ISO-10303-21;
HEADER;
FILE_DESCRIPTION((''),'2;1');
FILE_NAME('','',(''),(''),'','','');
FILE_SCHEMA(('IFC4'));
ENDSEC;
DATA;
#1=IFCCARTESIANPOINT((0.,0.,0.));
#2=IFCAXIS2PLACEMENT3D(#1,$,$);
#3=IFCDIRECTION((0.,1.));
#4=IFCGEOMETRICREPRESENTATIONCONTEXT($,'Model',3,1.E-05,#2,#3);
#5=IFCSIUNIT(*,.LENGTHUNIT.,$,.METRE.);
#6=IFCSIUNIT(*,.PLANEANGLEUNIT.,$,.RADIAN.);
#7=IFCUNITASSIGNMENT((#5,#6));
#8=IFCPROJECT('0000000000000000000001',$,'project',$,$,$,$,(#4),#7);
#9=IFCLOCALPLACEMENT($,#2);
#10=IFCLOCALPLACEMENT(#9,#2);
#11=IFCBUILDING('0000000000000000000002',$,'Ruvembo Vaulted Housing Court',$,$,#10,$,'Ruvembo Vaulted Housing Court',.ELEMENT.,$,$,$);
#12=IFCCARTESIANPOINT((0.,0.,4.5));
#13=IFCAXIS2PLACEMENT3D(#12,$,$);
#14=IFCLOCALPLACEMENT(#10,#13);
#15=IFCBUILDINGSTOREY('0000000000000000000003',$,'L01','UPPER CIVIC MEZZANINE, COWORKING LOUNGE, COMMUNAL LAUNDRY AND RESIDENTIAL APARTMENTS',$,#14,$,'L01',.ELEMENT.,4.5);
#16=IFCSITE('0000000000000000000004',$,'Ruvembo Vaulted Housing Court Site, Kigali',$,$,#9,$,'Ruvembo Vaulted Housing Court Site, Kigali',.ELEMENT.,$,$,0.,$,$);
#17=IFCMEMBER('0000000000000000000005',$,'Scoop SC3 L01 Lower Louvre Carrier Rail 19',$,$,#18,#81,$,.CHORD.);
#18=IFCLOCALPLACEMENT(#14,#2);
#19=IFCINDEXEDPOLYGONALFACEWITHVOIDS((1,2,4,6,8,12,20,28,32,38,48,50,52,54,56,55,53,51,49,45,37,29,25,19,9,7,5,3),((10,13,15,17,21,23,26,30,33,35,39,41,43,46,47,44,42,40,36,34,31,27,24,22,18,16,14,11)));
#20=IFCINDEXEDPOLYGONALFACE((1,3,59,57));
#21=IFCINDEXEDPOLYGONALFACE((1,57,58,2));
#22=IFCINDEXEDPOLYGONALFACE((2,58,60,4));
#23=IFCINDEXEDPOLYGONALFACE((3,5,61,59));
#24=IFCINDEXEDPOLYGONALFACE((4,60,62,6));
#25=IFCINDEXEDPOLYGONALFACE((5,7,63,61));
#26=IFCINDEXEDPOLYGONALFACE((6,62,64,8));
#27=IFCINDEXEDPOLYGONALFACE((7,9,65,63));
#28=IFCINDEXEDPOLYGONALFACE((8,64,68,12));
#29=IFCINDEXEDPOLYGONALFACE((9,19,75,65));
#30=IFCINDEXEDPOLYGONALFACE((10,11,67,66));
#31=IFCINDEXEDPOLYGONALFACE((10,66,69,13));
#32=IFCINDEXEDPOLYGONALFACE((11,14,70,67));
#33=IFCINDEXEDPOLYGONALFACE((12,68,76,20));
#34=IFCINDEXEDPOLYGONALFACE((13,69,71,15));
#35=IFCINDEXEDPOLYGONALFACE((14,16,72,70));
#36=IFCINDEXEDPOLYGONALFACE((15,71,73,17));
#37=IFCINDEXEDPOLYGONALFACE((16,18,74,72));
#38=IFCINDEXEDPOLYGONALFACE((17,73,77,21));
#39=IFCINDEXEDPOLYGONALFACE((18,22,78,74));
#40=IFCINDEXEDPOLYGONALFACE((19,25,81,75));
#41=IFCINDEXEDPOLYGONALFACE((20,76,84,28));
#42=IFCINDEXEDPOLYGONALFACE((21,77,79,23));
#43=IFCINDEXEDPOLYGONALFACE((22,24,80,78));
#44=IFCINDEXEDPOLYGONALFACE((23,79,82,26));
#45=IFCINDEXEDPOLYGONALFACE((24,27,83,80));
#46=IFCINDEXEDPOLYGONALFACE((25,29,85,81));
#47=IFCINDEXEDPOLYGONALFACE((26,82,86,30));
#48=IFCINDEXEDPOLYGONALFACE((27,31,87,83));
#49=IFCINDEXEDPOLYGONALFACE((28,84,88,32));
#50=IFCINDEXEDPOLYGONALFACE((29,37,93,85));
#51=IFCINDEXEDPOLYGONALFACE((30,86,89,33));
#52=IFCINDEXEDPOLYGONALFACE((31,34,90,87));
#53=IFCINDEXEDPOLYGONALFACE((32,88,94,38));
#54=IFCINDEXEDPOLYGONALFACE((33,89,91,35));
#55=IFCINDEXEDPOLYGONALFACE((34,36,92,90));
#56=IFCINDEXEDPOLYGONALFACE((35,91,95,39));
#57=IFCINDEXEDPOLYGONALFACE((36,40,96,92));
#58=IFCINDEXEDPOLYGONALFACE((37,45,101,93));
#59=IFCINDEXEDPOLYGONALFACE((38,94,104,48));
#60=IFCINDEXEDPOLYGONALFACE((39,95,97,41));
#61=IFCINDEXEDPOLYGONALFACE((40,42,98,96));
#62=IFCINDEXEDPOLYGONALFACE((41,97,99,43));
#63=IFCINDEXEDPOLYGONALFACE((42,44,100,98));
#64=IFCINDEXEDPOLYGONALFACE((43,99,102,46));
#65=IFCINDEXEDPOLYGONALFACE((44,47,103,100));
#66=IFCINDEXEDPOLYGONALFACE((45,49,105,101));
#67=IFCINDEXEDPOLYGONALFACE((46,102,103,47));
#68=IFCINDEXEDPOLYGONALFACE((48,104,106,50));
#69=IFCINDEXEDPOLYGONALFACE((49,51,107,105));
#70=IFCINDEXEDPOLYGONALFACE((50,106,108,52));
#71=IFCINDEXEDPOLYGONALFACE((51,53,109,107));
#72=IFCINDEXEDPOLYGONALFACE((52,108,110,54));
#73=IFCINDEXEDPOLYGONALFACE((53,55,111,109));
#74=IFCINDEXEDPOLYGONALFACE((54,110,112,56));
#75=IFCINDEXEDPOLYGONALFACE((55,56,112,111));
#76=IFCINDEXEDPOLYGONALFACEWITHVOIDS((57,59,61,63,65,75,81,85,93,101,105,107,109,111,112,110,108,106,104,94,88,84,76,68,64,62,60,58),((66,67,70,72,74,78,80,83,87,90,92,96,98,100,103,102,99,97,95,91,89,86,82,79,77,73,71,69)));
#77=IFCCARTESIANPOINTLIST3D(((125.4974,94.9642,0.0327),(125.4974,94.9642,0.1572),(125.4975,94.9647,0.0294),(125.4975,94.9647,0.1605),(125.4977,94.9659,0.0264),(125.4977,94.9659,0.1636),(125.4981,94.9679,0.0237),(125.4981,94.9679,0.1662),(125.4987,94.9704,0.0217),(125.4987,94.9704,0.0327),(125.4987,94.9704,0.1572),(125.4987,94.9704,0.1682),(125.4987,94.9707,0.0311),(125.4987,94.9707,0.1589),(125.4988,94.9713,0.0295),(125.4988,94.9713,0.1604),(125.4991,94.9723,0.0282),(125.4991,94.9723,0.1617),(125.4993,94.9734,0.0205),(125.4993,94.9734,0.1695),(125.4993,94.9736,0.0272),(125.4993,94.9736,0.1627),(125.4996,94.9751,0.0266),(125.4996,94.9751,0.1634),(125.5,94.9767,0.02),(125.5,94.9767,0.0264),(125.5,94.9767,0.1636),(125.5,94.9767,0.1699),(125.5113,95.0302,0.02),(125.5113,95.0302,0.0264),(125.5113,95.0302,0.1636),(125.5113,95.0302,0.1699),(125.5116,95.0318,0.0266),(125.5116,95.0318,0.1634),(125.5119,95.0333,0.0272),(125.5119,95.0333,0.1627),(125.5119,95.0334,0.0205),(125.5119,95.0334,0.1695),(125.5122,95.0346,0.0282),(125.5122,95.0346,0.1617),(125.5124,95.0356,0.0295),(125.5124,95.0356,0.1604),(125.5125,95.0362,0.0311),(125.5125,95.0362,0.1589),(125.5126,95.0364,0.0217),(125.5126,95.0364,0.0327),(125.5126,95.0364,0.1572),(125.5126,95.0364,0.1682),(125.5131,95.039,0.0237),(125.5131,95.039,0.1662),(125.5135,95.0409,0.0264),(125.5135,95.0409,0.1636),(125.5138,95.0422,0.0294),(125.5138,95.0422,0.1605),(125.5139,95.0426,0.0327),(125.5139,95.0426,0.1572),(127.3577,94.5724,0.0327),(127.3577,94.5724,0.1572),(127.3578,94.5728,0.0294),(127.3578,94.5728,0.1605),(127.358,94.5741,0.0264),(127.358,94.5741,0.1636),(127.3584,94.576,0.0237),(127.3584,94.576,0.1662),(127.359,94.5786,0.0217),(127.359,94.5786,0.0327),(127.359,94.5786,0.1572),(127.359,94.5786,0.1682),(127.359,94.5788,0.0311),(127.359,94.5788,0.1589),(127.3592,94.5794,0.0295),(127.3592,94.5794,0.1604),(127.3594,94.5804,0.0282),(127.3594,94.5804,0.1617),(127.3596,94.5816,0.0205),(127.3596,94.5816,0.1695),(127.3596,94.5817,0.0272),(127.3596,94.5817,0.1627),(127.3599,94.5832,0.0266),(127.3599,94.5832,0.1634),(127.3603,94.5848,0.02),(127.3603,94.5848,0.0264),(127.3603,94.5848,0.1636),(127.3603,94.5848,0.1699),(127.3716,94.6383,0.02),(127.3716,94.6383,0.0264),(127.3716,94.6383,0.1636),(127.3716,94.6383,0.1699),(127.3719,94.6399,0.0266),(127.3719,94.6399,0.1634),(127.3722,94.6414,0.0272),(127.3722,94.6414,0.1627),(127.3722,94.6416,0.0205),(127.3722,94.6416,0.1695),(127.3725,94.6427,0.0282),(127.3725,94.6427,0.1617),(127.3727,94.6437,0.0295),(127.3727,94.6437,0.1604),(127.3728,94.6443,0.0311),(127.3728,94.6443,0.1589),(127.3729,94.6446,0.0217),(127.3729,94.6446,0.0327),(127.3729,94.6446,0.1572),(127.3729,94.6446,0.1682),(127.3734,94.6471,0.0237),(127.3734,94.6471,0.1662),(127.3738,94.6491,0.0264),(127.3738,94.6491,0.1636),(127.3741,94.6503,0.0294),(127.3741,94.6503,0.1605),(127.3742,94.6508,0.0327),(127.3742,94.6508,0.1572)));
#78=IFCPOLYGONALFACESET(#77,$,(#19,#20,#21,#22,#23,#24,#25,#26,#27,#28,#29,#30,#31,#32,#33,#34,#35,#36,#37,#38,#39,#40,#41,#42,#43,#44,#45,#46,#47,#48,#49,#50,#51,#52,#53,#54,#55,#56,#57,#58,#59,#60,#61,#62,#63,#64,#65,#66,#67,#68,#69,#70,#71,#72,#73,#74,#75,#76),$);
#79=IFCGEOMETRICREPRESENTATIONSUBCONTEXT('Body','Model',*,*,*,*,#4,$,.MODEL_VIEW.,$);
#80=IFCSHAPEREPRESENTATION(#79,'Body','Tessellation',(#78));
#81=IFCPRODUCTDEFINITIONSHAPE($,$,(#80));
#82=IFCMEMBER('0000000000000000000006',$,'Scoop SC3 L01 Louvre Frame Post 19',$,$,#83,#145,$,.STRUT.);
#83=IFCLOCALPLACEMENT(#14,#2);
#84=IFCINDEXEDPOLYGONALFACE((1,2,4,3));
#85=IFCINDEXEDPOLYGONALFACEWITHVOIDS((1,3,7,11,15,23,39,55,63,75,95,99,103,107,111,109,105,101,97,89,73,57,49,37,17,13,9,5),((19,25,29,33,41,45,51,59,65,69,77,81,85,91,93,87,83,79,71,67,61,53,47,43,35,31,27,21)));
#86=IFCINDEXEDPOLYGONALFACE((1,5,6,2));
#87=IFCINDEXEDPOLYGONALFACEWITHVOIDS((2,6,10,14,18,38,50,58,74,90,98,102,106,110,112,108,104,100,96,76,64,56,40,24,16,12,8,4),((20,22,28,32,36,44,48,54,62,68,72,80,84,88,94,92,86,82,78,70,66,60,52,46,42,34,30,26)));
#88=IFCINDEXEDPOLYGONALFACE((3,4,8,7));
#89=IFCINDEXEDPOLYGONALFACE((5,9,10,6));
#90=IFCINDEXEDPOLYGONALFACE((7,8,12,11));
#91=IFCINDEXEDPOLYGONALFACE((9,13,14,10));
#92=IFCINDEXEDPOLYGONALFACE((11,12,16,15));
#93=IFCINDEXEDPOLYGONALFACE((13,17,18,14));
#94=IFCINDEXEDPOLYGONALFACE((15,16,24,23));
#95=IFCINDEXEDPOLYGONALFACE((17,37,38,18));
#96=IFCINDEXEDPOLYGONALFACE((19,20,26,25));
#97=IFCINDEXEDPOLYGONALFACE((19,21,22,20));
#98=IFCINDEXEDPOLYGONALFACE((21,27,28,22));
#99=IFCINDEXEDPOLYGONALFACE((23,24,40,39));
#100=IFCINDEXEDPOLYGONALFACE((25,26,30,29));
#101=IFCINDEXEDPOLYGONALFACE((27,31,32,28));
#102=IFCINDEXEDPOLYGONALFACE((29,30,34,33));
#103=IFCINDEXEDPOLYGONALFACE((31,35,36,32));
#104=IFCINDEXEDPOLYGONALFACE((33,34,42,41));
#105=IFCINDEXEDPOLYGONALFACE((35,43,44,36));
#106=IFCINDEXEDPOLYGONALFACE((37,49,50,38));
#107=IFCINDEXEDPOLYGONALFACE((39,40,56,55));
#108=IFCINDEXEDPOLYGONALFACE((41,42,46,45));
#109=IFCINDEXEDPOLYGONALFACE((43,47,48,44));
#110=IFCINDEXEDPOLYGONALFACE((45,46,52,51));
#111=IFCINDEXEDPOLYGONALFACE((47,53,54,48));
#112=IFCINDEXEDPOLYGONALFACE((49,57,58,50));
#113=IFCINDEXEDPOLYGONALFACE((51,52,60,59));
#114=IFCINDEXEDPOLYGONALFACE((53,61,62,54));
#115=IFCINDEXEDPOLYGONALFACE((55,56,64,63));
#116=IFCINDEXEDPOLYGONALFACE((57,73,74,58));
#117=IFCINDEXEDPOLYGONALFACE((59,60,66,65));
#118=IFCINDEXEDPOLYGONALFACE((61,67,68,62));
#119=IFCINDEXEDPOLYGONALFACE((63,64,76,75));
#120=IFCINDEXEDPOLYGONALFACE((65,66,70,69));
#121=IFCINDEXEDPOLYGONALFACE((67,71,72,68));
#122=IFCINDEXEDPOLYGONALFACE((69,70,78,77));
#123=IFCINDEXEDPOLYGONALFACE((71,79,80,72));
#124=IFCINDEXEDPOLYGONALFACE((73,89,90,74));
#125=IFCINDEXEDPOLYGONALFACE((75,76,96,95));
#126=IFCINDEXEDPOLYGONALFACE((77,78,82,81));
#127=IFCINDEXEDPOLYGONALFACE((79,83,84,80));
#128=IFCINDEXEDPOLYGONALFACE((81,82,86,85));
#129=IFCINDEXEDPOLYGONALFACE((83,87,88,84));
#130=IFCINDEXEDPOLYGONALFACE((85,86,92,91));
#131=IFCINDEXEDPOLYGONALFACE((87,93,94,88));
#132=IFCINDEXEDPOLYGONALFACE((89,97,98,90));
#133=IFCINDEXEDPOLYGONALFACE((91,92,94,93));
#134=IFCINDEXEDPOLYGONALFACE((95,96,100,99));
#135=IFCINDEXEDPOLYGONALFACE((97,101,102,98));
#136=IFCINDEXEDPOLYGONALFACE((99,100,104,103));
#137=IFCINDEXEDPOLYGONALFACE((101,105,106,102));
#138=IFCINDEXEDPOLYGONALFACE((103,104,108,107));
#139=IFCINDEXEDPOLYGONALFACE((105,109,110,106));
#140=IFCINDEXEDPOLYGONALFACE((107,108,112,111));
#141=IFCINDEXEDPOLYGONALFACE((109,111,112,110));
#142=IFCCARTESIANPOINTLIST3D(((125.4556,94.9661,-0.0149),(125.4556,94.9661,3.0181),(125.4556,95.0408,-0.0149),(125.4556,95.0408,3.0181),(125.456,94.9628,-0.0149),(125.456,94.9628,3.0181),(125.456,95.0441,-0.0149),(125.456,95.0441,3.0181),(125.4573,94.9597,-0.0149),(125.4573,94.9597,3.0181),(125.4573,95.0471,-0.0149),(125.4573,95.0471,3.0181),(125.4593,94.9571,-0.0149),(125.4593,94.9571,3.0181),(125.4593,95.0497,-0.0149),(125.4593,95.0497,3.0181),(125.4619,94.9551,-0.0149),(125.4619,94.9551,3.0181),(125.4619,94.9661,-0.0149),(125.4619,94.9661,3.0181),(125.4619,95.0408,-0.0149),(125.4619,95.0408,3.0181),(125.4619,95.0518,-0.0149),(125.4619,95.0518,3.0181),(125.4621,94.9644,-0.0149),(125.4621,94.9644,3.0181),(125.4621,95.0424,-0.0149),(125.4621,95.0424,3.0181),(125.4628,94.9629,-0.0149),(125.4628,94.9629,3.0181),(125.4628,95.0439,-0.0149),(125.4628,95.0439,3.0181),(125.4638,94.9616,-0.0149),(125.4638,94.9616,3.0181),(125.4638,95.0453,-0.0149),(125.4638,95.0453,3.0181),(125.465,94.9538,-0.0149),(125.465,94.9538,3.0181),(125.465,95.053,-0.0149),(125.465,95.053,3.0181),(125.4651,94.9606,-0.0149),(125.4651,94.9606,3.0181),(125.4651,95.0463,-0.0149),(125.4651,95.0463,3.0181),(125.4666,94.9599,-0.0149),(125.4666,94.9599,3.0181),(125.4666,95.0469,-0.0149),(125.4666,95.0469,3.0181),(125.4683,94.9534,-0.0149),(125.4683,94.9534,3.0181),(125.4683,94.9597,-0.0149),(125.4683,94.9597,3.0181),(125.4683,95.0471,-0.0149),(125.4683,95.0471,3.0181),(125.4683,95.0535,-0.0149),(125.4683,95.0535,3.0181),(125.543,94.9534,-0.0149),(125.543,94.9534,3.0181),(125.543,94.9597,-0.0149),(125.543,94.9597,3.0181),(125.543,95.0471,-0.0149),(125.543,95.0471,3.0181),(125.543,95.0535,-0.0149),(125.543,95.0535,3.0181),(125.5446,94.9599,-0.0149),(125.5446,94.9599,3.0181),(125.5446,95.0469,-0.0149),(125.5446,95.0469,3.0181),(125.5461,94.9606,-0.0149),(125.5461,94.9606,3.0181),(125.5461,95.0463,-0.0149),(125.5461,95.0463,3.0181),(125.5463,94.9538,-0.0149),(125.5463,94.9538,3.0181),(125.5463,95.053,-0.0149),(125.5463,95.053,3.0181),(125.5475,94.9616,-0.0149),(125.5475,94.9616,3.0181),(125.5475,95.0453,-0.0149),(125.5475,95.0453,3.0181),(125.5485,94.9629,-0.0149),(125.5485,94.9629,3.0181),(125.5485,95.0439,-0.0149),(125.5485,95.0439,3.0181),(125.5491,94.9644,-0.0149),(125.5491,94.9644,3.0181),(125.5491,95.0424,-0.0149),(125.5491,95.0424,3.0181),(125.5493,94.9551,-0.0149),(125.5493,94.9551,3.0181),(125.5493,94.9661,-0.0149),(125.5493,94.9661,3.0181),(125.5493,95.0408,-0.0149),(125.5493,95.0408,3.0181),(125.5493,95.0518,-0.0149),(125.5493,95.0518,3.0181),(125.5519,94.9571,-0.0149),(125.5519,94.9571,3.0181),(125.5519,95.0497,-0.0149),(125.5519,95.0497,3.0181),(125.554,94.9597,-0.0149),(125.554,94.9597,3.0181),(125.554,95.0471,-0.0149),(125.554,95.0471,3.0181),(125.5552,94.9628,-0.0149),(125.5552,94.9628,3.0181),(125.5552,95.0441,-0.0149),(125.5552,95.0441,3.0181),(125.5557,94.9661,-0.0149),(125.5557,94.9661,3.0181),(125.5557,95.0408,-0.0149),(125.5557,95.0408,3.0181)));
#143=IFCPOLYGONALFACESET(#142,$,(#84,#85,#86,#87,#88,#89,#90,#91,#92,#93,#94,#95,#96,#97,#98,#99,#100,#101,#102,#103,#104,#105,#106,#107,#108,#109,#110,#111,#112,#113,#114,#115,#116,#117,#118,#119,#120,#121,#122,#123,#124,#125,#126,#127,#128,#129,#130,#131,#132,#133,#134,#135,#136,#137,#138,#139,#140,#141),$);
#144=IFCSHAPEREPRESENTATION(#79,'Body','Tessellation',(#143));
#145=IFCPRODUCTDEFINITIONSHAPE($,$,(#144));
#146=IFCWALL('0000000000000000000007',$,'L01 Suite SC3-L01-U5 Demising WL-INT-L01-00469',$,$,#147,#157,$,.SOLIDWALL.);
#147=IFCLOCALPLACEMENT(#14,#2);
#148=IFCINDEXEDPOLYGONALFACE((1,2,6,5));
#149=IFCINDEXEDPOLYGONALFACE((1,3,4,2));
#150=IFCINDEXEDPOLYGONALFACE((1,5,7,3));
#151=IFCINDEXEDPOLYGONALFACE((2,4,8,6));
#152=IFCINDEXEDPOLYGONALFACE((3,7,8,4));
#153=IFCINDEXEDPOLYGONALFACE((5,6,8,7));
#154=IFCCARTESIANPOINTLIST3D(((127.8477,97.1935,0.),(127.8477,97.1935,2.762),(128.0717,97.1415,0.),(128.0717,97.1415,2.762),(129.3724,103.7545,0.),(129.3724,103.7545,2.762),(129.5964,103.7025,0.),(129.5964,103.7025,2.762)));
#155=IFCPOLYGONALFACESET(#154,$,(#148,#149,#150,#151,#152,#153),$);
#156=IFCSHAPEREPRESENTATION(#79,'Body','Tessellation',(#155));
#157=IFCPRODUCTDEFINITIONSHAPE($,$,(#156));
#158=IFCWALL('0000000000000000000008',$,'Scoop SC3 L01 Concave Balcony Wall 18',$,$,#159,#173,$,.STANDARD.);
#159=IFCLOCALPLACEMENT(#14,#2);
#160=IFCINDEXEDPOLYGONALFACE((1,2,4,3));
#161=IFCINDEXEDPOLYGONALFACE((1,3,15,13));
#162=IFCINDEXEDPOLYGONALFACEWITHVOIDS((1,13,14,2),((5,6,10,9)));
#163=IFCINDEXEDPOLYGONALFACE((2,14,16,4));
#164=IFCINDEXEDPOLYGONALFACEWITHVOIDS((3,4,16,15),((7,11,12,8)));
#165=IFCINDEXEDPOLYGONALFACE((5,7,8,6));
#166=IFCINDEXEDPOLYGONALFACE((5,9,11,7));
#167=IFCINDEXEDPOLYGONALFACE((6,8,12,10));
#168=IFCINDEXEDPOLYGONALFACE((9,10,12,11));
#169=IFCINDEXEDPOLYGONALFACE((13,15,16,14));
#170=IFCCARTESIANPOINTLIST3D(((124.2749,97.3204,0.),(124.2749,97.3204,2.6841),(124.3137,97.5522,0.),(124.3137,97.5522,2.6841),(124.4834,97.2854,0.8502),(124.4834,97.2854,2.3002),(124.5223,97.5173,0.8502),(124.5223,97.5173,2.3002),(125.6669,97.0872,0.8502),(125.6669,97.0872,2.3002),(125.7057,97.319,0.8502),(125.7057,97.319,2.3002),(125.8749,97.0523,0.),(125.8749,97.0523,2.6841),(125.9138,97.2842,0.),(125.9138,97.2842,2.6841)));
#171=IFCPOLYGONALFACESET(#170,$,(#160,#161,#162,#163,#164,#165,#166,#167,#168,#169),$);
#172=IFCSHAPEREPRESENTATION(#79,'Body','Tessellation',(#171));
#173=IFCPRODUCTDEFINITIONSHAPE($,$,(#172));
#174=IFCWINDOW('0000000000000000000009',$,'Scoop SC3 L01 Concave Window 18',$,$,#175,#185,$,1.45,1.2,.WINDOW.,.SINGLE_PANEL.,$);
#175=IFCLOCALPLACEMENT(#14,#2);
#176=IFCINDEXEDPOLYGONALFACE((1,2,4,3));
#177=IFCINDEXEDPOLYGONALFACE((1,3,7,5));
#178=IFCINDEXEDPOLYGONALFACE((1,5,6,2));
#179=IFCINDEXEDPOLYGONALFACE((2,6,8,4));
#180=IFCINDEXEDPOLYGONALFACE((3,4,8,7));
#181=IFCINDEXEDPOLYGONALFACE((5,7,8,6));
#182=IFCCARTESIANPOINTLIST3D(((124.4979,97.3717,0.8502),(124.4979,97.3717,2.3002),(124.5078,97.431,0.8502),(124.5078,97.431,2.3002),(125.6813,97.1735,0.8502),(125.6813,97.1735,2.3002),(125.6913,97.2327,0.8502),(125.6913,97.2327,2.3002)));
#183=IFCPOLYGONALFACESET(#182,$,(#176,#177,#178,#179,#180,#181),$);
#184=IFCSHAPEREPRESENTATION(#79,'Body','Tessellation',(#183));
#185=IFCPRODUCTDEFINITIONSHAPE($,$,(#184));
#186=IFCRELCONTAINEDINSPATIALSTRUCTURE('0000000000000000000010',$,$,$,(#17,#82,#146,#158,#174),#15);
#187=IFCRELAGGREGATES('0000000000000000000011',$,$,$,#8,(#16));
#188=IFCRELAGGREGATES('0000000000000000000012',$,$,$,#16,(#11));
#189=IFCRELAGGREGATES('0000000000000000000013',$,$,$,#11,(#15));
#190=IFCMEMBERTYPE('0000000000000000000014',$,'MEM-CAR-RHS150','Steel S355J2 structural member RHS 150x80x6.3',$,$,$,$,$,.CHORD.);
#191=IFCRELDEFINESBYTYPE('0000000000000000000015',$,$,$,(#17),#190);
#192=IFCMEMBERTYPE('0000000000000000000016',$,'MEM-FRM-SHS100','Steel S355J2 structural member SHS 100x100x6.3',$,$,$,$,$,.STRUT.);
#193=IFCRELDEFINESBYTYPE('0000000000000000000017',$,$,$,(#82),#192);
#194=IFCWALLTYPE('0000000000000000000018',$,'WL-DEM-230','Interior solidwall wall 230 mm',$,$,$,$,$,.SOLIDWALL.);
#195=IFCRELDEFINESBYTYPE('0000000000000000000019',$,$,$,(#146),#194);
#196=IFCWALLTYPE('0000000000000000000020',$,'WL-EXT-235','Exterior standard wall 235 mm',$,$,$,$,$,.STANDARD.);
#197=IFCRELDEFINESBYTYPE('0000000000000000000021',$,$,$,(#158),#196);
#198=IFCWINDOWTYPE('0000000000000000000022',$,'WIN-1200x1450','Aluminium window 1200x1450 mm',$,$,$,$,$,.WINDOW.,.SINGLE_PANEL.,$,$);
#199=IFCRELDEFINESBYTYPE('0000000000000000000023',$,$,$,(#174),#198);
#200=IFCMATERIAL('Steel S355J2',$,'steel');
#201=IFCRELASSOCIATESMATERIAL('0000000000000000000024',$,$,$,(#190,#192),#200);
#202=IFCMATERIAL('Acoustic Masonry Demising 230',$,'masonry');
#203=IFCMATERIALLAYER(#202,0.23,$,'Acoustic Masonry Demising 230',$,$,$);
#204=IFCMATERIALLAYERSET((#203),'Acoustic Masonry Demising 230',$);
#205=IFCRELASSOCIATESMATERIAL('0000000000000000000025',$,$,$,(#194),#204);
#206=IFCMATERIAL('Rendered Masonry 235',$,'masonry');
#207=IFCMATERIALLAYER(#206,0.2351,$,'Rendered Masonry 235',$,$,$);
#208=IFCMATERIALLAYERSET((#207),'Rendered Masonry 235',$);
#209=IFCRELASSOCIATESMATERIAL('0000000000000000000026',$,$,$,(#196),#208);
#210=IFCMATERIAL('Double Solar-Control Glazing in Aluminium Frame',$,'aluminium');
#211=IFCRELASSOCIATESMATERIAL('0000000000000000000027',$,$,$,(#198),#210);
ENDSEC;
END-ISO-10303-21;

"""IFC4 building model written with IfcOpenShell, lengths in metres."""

from ifc_helpers import new_model, si_unit, direction, frame, frame_2d, origin, origin_2d, place, context, subcontext, project, spatial, rectangle, hollow_rectangle, extrude, material, layer, layer_set, material_profile, profile_set, type_object, element, fill, save


model = new_model("IFC4")

# Units and contexts
model_context = context("Model", 3, precision=1e-05, world=origin(), true_north=direction((0.0, 1.0)))
body_context = subcontext(model_context, "Body", "Model", "MODEL_VIEW")
ifc_project = project(units=[si_unit("LENGTHUNIT", "METRE"), si_unit("PLANEANGLEUNIT", "RADIAN")], contexts=[model_context])

# Site, building, storey
site_placement = place(None, origin())
site = spatial("IfcSite", under=ifc_project, at=site_placement, Name="Ruvembo Vaulted Housing Court Site, Kigali", LongName="Ruvembo Vaulted Housing Court Site, Kigali", CompositionType="ELEMENT", RefElevation=0.0)
building_placement = place(site_placement, origin())
building = spatial("IfcBuilding", under=site, at=building_placement, Name="Ruvembo Vaulted Housing Court", LongName="Ruvembo Vaulted Housing Court", CompositionType="ELEMENT")
storey_placement = place(building_placement, frame((0.0, 0.0, 4.5)))
storey = spatial("IfcBuildingStorey", under=building, at=storey_placement, Name="L01", Description="UPPER CIVIC MEZZANINE, COWORKING LOUNGE, COMMUNAL LAUNDRY AND RESIDENTIAL APARTMENTS", LongName="L01", CompositionType="ELEMENT", Elevation=4.5)

# Shared definitions
ifc_material_1 = material(Name="Steel S355J2", Category="steel")

# Members
ifc_material_profile_1 = material_profile(ifc_material_1, hollow_rectangle(XDim=0.0801, YDim=0.1499, WallThickness=0.0063, InnerFilletRadius=0.0063, OuterFilletRadius=0.0127, at=origin_2d()), Name="RHS 150x80x6.3")
ifc_profile_set_1 = profile_set([ifc_material_profile_1], Name="Steel S355J2")
member_type_1 = type_object("IfcMemberType", Name="MEM-CAR-RHS150", Description="Steel S355J2 structural member RHS 150x80x6.3", PredefinedType="CHORD", material=ifc_profile_set_1)
member_1_placement = place(storey_placement, frame((125.5056, 95.0034, 0.095), z_axis=(0.978529, -0.206108, 0.0), x_axis=(0.206108, 0.978529, 0.0)))
element("IfcMember", 1, at=member_1_placement, inside=storey, type_object=member_type_1, Name="Scoop SC3 L01 Lower Louvre Carrier Rail 19", PredefinedType="CHORD", context=body_context, shape_type="SweptSolid", body=[
    extrude(hollow_rectangle(XDim=0.0801, YDim=0.1499, WallThickness=0.0063, InnerFilletRadius=0.0063, OuterFilletRadius=0.0127, at=origin_2d()), origin(), (0.0, 0.0, 1.0), 1.9011),
])
ifc_material_profile_2 = material_profile(ifc_material_1, hollow_rectangle(XDim=0.1001, YDim=0.1001, WallThickness=0.0063, InnerFilletRadius=0.0063, OuterFilletRadius=0.0127, at=origin_2d()), Name="SHS 100x100x6.3")
ifc_profile_set_2 = profile_set([ifc_material_profile_2], Name="Steel S355J2")
member_type_2 = type_object("IfcMemberType", Name="MEM-FRM-SHS100", Description="Steel S355J2 structural member SHS 100x100x6.3", PredefinedType="STRUT", material=ifc_profile_set_2)
member_2_placement = place(storey_placement, frame((125.5056, 95.0034, -0.0149), z_axis=(0.0, 0.0, 1.0), x_axis=(1.0, 0.0, 0.0)))
element("IfcMember", 2, at=member_2_placement, inside=storey, type_object=member_type_2, Name="Scoop SC3 L01 Louvre Frame Post 19", PredefinedType="STRUT", context=body_context, shape_type="SweptSolid", body=[
    extrude(hollow_rectangle(XDim=0.1001, YDim=0.1001, WallThickness=0.0063, InnerFilletRadius=0.0063, OuterFilletRadius=0.0127, at=origin_2d()), origin(), (0.0, 0.0, 1.0), 3.033),
])

# Wall
ifc_material_2 = material(Name="Acoustic Masonry Demising 230", Category="masonry")
ifc_layer_1 = layer(ifc_material_2, 0.23, Name="Acoustic Masonry Demising 230")
ifc_layer_set_1 = layer_set([ifc_layer_1], Name="Acoustic Masonry Demising 230")
wall_type_1 = type_object("IfcWallType", Name="WL-DEM-230", Description="Interior solidwall wall 230 mm", PredefinedType="SOLIDWALL", material=ifc_layer_set_1)
wall_1_placement = place(storey_placement, frame((127.9597, 97.1675, 0.0), z_axis=(0.0, 0.0, 1.0), x_axis=(0.22635, 0.974046, 0.0)))
element("IfcWall", 3, at=wall_1_placement, inside=storey, type_object=wall_type_1, Name="L01 Suite SC3-L01-U5 Demising WL-INT-L01-00469", PredefinedType="SOLIDWALL", context=body_context, shape_type="SweptSolid", body=[
    extrude(rectangle(XDim=6.7358, YDim=0.23, at=frame_2d((3.3679, 0.0))), origin(), (0.0, 0.0, 1.0), 2.762),
])

# Wall, opening, window
ifc_material_3 = material(Name="Rendered Masonry 235", Category="masonry")
ifc_layer_2 = layer(ifc_material_3, 0.2351, Name="Rendered Masonry 235")
ifc_layer_set_2 = layer_set([ifc_layer_2], Name="Rendered Masonry 235")
wall_type_2 = type_object("IfcWallType", Name="WL-EXT-235", Description="Exterior standard wall 235 mm", PredefinedType="STANDARD", material=ifc_layer_set_2)
wall_2_placement = place(storey_placement, frame((124.2944, 97.4363, 0.0), z_axis=(0.0, 0.0, 1.0), x_axis=(0.986255, -0.165229, 0.0)))
wall_2 = element("IfcWall", 4, at=wall_2_placement, inside=storey, type_object=wall_type_2, Name="Scoop SC3 L01 Concave Balcony Wall 18", PredefinedType="STANDARD", context=body_context, shape_type="SweptSolid", body=[
    extrude(rectangle(XDim=1.6223, YDim=0.2351, at=frame_2d((0.811, 0.0))), origin(), (0.0, 0.0, 1.0), 2.6841),
])
opening_1_placement = place(wall_2_placement, frame((0.2112, 0.0, 0.8501)))
opening_1 = element("IfcOpeningElement", 5, at=opening_1_placement, cuts=wall_2, PredefinedType="OPENING", context=body_context, shape_type="SweptSolid", body=[
    extrude(rectangle(XDim=1.2, YDim=1.45, at=frame_2d((0.6001, 0.7251))), frame((0.0, 0.1274, 0.0), z_axis=(0.0, -1.0, 0.0), x_axis=(1.0, 0.0, 0.0)), (0.0, 0.0, 1.0), 0.2551),
])
ifc_material_4 = material(Name="Double Solar-Control Glazing in Aluminium Frame", Category="aluminium")
window_type_1 = type_object("IfcWindowType", Name="WIN-1200x1450", Description="Aluminium window 1200x1450 mm", PartitioningType="SINGLE_PANEL", PredefinedType="WINDOW", material=ifc_material_4)
window_1_placement = place(opening_1_placement, origin())
window_1 = element("IfcWindow", 6, at=window_1_placement, inside=storey, type_object=window_type_1, Name="Scoop SC3 L01 Concave Window 18", OverallHeight=1.45, OverallWidth=1.2, PartitioningType="SINGLE_PANEL", PredefinedType="WINDOW", context=body_context, shape_type="SweptSolid", body=[
    extrude(rectangle(XDim=1.2, YDim=1.45, at=frame_2d((0.6001, 0.7251))), frame((0.0, 0.03, 0.0), z_axis=(0.0, -1.0, 0.0), x_axis=(1.0, 0.0, 0.0)), (0.0, 0.0, 1.0), 0.0601),
])
fill(opening_1, window_1)

save(model, "model.ifc")
